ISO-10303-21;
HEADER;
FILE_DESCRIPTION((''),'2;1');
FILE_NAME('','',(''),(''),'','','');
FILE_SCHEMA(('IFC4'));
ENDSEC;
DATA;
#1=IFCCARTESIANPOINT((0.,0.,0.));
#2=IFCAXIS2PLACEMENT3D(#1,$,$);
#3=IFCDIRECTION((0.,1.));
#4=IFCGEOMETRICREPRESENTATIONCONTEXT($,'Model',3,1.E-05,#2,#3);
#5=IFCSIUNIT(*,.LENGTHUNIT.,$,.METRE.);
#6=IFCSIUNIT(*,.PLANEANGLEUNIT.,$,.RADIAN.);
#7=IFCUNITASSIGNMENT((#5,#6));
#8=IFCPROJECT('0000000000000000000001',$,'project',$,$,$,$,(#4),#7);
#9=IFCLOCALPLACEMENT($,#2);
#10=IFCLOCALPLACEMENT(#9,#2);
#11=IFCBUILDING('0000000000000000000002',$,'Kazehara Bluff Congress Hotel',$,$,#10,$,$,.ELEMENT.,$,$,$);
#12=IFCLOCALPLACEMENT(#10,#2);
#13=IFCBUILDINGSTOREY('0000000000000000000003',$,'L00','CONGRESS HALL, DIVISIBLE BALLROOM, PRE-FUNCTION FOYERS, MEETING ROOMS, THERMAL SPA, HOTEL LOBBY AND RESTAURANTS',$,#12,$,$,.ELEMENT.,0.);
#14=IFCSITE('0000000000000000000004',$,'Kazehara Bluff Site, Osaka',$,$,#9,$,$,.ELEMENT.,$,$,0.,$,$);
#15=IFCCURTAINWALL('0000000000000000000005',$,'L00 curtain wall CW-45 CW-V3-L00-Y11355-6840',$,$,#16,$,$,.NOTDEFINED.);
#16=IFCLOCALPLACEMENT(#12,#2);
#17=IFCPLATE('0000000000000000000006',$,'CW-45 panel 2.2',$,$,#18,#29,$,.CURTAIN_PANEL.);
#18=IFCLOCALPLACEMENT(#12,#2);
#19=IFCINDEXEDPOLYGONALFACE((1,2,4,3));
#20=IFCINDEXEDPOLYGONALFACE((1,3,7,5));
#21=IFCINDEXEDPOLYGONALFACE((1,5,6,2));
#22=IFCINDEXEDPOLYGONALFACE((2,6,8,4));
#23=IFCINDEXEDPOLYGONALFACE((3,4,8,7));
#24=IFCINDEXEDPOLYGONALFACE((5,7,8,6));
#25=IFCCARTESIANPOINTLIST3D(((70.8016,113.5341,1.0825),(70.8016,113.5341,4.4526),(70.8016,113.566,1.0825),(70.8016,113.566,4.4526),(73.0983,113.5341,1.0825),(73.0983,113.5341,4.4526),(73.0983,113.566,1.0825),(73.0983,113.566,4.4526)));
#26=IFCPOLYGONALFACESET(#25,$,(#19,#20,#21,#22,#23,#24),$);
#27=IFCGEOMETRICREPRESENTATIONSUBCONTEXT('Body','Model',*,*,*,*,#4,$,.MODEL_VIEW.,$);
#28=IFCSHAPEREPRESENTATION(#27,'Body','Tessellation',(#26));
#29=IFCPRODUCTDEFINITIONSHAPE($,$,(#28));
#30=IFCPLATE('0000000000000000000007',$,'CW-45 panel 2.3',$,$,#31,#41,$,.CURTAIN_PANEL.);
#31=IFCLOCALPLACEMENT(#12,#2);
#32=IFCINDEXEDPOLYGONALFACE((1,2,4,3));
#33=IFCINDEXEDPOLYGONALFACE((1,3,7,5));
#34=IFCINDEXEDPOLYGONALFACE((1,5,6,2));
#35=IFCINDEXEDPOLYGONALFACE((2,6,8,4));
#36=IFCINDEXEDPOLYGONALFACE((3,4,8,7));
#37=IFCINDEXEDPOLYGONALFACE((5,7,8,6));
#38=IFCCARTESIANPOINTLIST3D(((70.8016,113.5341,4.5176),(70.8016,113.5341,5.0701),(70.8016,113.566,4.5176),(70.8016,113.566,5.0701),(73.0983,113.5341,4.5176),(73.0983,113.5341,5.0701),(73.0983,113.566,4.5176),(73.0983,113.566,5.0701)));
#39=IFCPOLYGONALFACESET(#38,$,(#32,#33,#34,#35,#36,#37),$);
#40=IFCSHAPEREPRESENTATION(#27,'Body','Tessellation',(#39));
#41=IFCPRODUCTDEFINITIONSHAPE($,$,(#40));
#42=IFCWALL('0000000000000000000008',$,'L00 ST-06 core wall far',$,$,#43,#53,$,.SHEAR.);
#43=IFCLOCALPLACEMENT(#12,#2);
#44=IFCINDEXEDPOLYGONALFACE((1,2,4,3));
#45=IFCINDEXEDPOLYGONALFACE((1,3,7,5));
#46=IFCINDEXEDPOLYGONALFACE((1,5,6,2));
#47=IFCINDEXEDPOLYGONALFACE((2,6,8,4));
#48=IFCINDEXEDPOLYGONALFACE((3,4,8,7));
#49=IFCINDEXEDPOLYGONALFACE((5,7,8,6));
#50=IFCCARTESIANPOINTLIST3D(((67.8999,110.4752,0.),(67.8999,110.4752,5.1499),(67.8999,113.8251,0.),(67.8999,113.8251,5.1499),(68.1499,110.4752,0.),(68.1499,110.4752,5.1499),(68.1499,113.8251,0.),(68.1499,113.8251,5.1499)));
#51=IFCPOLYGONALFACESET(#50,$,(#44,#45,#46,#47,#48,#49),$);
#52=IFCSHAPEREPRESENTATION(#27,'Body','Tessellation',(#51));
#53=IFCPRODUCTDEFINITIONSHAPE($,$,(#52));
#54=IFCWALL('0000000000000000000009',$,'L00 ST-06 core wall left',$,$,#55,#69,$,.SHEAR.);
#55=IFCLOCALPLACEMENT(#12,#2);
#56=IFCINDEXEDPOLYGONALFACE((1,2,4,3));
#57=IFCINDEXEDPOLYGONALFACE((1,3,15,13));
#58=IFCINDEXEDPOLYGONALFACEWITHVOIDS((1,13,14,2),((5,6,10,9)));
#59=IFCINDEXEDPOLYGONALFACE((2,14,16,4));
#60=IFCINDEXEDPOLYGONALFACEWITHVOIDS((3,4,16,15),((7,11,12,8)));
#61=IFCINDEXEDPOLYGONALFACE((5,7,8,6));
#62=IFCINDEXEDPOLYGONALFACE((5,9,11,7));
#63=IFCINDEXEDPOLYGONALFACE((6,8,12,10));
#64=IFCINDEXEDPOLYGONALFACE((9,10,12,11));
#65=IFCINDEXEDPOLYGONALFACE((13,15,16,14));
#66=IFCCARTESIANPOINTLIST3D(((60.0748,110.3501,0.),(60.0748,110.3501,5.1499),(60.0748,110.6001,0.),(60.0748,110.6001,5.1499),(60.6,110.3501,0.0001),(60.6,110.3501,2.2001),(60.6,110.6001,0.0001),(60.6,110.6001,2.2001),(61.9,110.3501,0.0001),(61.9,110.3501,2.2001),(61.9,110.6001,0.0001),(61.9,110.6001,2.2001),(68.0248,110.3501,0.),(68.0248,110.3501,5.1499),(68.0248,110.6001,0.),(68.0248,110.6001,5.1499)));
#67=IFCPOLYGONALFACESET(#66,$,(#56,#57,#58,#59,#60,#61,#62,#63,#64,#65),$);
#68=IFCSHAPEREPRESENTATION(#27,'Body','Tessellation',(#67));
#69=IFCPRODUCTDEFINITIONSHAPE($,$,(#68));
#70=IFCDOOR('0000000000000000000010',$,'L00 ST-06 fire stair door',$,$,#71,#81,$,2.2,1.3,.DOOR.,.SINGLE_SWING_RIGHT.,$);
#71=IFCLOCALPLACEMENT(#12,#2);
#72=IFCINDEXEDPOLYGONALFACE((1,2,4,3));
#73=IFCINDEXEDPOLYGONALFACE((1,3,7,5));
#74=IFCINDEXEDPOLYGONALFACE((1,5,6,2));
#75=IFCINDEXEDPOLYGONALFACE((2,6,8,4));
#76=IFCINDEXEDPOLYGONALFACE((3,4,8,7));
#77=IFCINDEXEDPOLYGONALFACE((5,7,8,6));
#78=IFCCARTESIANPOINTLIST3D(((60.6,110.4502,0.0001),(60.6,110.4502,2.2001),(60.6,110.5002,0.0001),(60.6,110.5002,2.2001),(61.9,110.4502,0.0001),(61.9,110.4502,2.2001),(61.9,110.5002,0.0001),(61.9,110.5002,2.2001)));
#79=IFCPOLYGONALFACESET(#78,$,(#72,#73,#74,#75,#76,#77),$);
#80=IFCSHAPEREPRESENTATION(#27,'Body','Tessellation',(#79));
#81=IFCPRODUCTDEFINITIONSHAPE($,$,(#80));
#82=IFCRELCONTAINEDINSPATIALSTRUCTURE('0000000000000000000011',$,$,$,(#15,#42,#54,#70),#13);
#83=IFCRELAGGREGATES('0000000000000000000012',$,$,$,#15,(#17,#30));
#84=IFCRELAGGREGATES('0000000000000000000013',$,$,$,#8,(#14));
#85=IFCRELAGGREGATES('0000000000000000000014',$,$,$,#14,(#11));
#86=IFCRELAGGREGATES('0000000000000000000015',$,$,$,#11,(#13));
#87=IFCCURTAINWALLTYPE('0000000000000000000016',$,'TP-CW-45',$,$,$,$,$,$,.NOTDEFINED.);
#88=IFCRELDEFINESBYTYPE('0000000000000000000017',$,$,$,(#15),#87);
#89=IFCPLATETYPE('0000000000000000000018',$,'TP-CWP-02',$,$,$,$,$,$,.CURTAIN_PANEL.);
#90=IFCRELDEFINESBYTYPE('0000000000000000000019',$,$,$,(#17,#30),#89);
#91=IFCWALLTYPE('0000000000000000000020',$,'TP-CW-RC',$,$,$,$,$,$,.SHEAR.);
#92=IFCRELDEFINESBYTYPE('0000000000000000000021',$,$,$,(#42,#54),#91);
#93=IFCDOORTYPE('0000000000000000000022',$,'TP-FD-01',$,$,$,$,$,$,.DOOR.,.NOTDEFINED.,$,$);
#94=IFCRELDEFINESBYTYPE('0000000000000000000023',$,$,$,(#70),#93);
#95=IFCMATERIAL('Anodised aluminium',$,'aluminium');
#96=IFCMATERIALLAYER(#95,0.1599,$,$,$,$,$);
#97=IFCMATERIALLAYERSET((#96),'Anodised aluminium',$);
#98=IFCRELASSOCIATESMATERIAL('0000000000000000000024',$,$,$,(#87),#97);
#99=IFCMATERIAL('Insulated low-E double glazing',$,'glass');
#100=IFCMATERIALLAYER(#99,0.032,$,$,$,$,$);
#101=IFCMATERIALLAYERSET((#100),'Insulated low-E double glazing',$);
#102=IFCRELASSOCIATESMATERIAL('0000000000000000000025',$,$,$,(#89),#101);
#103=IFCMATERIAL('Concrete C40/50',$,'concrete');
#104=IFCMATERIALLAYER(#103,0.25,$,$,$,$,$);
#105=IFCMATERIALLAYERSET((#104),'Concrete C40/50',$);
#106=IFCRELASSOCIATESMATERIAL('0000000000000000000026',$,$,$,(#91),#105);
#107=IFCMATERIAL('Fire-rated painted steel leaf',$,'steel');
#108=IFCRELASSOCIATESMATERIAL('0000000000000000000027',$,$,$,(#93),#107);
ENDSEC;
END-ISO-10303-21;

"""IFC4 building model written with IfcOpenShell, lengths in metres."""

from ifc_helpers import new_model, si_unit, direction, frame, frame_2d, origin, origin_2d, place, context, subcontext, project, spatial, rectangle, extrude, material, layer, layer_set, type_object, element, fill, aggregate, save


model = new_model("IFC4")

# Units and contexts
model_context = context("Model", 3, precision=1e-05, world=origin(), true_north=direction((0.0, 1.0)))
body_context = subcontext(model_context, "Body", "Model", "MODEL_VIEW")
ifc_project = project(units=[si_unit("LENGTHUNIT", "METRE"), si_unit("PLANEANGLEUNIT", "RADIAN")], contexts=[model_context])

# Site, building, storey
site_placement = place(None, origin())
site = spatial("IfcSite", under=ifc_project, at=site_placement, Name="Kazehara Bluff Site, Osaka", CompositionType="ELEMENT", RefElevation=0.0)
building_placement = place(site_placement, origin())
building = spatial("IfcBuilding", under=site, at=building_placement, Name="Kazehara Bluff Congress Hotel", CompositionType="ELEMENT")
storey_placement = place(building_placement, origin())
storey = spatial("IfcBuildingStorey", under=building, at=storey_placement, Name="L00", Description="CONGRESS HALL, DIVISIBLE BALLROOM, PRE-FUNCTION FOYERS, MEETING ROOMS, THERMAL SPA, HOTEL LOBBY AND RESTAURANTS", CompositionType="ELEMENT", Elevation=0.0)

# Curtain wall
ifc_material_1 = material(Name="Anodised aluminium", Category="aluminium")
ifc_layer_1 = layer(ifc_material_1, 0.1599)
ifc_layer_set_1 = layer_set([ifc_layer_1], Name="Anodised aluminium")
curtain_wall_type = type_object("IfcCurtainWallType", Name="TP-CW-45", PredefinedType="NOTDEFINED", material=ifc_layer_set_1)
curtain_wall_placement = place(storey_placement, origin())
curtain_wall = element("IfcCurtainWall", 1, at=curtain_wall_placement, inside=storey, type_object=curtain_wall_type, Name="L00 curtain wall CW-45 CW-V3-L00-Y11355-6840", PredefinedType="NOTDEFINED")

# Plates
ifc_material_2 = material(Name="Insulated low-E double glazing", Category="glass")
ifc_layer_2 = layer(ifc_material_2, 0.032)
ifc_layer_set_2 = layer_set([ifc_layer_2], Name="Insulated low-E double glazing")
plate_type = type_object("IfcPlateType", Name="TP-CWP-02", PredefinedType="CURTAIN_PANEL", material=ifc_layer_set_2)
plate_1_placement = place(storey_placement, frame((71.95, 113.55, 1.0825), z_axis=(0.0, 0.0, 1.0), x_axis=(1.0, 0.0, 0.0)))
plate_1 = element("IfcPlate", 2, at=plate_1_placement, type_object=plate_type, Name="CW-45 panel 2.2", PredefinedType="CURTAIN_PANEL", context=body_context, shape_type="SweptSolid", body=[
    extrude(rectangle(XDim=2.2966, YDim=0.032, at=origin_2d()), origin(), (0.0, 0.0, 1.0), 3.3701),
])
plate_2_placement = place(storey_placement, frame((71.95, 113.55, 4.5176), z_axis=(0.0, 0.0, 1.0), x_axis=(1.0, 0.0, 0.0)))
plate_2 = element("IfcPlate", 3, at=plate_2_placement, type_object=plate_type, Name="CW-45 panel 2.3", PredefinedType="CURTAIN_PANEL", context=body_context, shape_type="SweptSolid", body=[
    extrude(rectangle(XDim=2.2966, YDim=0.032, at=origin_2d()), origin(), (0.0, 0.0, 1.0), 0.5525),
])
aggregate(curtain_wall, [plate_1, plate_2])

# Wall
ifc_material_3 = material(Name="Concrete C40/50", Category="concrete")
ifc_layer_3 = layer(ifc_material_3, 0.25)
ifc_layer_set_3 = layer_set([ifc_layer_3], Name="Concrete C40/50")
wall_type = type_object("IfcWallType", Name="TP-CW-RC", PredefinedType="SHEAR", material=ifc_layer_set_3)
wall_1_placement = place(storey_placement, frame((68.0249, 113.825, 0.0), z_axis=(0.0, 0.0, 1.0), x_axis=(0.0, -1.0, 0.0)))
element("IfcWall", 4, at=wall_1_placement, inside=storey, type_object=wall_type, Name="L00 ST-06 core wall far", PredefinedType="SHEAR", context=body_context, shape_type="SweptSolid", body=[
    extrude(rectangle(XDim=3.3499, YDim=0.25, at=frame_2d((1.6748, 0.0))), origin(), (0.0, 0.0, 1.0), 5.1499),
])

# Wall, opening, door
wall_2_placement = place(storey_placement, frame((68.0249, 110.4751, 0.0), z_axis=(0.0, 0.0, 1.0), x_axis=(-1.0, 0.0, 0.0)))
wall_2 = element("IfcWall", 5, at=wall_2_placement, inside=storey, type_object=wall_type, Name="L00 ST-06 core wall left", PredefinedType="SHEAR", context=body_context, shape_type="SweptSolid", body=[
    extrude(rectangle(XDim=7.95, YDim=0.25, at=frame_2d((3.9751, 0.0))), origin(), (0.0, 0.0, 1.0), 5.1499),
])
opening_placement = place(wall_2_placement, frame((6.125, 0.0, 0.0)))
opening = element("IfcOpeningElement", 6, at=opening_placement, cuts=wall_2, PredefinedType="OPENING", context=body_context, shape_type="SweptSolid", body=[
    extrude(rectangle(XDim=1.3, YDim=2.2, at=frame_2d((0.6499, 1.1001))), frame((0.0, 0.135, 0.0), z_axis=(0.0, -1.0, 0.0), x_axis=(1.0, 0.0, 0.0)), (0.0, 0.0, 1.0), 0.27),
])
ifc_material_4 = material(Name="Fire-rated painted steel leaf", Category="steel")
door_type = type_object("IfcDoorType", Name="TP-FD-01", OperationType="NOTDEFINED", PredefinedType="DOOR", material=ifc_material_4)
door_placement = place(opening_placement, origin())
door = element("IfcDoor", 7, at=door_placement, inside=storey, type_object=door_type, Name="L00 ST-06 fire stair door", OperationType="SINGLE_SWING_RIGHT", OverallHeight=2.2, OverallWidth=1.3, PredefinedType="DOOR", context=body_context, shape_type="SweptSolid", body=[
    extrude(rectangle(XDim=1.3, YDim=2.2, at=frame_2d((0.6499, 1.1001))), frame((0.0, 0.0249, 0.0), z_axis=(0.0, -1.0, 0.0), x_axis=(1.0, 0.0, 0.0)), (0.0, 0.0, 1.0), 0.05),
])
fill(opening, door)

save(model, "model.ifc")
